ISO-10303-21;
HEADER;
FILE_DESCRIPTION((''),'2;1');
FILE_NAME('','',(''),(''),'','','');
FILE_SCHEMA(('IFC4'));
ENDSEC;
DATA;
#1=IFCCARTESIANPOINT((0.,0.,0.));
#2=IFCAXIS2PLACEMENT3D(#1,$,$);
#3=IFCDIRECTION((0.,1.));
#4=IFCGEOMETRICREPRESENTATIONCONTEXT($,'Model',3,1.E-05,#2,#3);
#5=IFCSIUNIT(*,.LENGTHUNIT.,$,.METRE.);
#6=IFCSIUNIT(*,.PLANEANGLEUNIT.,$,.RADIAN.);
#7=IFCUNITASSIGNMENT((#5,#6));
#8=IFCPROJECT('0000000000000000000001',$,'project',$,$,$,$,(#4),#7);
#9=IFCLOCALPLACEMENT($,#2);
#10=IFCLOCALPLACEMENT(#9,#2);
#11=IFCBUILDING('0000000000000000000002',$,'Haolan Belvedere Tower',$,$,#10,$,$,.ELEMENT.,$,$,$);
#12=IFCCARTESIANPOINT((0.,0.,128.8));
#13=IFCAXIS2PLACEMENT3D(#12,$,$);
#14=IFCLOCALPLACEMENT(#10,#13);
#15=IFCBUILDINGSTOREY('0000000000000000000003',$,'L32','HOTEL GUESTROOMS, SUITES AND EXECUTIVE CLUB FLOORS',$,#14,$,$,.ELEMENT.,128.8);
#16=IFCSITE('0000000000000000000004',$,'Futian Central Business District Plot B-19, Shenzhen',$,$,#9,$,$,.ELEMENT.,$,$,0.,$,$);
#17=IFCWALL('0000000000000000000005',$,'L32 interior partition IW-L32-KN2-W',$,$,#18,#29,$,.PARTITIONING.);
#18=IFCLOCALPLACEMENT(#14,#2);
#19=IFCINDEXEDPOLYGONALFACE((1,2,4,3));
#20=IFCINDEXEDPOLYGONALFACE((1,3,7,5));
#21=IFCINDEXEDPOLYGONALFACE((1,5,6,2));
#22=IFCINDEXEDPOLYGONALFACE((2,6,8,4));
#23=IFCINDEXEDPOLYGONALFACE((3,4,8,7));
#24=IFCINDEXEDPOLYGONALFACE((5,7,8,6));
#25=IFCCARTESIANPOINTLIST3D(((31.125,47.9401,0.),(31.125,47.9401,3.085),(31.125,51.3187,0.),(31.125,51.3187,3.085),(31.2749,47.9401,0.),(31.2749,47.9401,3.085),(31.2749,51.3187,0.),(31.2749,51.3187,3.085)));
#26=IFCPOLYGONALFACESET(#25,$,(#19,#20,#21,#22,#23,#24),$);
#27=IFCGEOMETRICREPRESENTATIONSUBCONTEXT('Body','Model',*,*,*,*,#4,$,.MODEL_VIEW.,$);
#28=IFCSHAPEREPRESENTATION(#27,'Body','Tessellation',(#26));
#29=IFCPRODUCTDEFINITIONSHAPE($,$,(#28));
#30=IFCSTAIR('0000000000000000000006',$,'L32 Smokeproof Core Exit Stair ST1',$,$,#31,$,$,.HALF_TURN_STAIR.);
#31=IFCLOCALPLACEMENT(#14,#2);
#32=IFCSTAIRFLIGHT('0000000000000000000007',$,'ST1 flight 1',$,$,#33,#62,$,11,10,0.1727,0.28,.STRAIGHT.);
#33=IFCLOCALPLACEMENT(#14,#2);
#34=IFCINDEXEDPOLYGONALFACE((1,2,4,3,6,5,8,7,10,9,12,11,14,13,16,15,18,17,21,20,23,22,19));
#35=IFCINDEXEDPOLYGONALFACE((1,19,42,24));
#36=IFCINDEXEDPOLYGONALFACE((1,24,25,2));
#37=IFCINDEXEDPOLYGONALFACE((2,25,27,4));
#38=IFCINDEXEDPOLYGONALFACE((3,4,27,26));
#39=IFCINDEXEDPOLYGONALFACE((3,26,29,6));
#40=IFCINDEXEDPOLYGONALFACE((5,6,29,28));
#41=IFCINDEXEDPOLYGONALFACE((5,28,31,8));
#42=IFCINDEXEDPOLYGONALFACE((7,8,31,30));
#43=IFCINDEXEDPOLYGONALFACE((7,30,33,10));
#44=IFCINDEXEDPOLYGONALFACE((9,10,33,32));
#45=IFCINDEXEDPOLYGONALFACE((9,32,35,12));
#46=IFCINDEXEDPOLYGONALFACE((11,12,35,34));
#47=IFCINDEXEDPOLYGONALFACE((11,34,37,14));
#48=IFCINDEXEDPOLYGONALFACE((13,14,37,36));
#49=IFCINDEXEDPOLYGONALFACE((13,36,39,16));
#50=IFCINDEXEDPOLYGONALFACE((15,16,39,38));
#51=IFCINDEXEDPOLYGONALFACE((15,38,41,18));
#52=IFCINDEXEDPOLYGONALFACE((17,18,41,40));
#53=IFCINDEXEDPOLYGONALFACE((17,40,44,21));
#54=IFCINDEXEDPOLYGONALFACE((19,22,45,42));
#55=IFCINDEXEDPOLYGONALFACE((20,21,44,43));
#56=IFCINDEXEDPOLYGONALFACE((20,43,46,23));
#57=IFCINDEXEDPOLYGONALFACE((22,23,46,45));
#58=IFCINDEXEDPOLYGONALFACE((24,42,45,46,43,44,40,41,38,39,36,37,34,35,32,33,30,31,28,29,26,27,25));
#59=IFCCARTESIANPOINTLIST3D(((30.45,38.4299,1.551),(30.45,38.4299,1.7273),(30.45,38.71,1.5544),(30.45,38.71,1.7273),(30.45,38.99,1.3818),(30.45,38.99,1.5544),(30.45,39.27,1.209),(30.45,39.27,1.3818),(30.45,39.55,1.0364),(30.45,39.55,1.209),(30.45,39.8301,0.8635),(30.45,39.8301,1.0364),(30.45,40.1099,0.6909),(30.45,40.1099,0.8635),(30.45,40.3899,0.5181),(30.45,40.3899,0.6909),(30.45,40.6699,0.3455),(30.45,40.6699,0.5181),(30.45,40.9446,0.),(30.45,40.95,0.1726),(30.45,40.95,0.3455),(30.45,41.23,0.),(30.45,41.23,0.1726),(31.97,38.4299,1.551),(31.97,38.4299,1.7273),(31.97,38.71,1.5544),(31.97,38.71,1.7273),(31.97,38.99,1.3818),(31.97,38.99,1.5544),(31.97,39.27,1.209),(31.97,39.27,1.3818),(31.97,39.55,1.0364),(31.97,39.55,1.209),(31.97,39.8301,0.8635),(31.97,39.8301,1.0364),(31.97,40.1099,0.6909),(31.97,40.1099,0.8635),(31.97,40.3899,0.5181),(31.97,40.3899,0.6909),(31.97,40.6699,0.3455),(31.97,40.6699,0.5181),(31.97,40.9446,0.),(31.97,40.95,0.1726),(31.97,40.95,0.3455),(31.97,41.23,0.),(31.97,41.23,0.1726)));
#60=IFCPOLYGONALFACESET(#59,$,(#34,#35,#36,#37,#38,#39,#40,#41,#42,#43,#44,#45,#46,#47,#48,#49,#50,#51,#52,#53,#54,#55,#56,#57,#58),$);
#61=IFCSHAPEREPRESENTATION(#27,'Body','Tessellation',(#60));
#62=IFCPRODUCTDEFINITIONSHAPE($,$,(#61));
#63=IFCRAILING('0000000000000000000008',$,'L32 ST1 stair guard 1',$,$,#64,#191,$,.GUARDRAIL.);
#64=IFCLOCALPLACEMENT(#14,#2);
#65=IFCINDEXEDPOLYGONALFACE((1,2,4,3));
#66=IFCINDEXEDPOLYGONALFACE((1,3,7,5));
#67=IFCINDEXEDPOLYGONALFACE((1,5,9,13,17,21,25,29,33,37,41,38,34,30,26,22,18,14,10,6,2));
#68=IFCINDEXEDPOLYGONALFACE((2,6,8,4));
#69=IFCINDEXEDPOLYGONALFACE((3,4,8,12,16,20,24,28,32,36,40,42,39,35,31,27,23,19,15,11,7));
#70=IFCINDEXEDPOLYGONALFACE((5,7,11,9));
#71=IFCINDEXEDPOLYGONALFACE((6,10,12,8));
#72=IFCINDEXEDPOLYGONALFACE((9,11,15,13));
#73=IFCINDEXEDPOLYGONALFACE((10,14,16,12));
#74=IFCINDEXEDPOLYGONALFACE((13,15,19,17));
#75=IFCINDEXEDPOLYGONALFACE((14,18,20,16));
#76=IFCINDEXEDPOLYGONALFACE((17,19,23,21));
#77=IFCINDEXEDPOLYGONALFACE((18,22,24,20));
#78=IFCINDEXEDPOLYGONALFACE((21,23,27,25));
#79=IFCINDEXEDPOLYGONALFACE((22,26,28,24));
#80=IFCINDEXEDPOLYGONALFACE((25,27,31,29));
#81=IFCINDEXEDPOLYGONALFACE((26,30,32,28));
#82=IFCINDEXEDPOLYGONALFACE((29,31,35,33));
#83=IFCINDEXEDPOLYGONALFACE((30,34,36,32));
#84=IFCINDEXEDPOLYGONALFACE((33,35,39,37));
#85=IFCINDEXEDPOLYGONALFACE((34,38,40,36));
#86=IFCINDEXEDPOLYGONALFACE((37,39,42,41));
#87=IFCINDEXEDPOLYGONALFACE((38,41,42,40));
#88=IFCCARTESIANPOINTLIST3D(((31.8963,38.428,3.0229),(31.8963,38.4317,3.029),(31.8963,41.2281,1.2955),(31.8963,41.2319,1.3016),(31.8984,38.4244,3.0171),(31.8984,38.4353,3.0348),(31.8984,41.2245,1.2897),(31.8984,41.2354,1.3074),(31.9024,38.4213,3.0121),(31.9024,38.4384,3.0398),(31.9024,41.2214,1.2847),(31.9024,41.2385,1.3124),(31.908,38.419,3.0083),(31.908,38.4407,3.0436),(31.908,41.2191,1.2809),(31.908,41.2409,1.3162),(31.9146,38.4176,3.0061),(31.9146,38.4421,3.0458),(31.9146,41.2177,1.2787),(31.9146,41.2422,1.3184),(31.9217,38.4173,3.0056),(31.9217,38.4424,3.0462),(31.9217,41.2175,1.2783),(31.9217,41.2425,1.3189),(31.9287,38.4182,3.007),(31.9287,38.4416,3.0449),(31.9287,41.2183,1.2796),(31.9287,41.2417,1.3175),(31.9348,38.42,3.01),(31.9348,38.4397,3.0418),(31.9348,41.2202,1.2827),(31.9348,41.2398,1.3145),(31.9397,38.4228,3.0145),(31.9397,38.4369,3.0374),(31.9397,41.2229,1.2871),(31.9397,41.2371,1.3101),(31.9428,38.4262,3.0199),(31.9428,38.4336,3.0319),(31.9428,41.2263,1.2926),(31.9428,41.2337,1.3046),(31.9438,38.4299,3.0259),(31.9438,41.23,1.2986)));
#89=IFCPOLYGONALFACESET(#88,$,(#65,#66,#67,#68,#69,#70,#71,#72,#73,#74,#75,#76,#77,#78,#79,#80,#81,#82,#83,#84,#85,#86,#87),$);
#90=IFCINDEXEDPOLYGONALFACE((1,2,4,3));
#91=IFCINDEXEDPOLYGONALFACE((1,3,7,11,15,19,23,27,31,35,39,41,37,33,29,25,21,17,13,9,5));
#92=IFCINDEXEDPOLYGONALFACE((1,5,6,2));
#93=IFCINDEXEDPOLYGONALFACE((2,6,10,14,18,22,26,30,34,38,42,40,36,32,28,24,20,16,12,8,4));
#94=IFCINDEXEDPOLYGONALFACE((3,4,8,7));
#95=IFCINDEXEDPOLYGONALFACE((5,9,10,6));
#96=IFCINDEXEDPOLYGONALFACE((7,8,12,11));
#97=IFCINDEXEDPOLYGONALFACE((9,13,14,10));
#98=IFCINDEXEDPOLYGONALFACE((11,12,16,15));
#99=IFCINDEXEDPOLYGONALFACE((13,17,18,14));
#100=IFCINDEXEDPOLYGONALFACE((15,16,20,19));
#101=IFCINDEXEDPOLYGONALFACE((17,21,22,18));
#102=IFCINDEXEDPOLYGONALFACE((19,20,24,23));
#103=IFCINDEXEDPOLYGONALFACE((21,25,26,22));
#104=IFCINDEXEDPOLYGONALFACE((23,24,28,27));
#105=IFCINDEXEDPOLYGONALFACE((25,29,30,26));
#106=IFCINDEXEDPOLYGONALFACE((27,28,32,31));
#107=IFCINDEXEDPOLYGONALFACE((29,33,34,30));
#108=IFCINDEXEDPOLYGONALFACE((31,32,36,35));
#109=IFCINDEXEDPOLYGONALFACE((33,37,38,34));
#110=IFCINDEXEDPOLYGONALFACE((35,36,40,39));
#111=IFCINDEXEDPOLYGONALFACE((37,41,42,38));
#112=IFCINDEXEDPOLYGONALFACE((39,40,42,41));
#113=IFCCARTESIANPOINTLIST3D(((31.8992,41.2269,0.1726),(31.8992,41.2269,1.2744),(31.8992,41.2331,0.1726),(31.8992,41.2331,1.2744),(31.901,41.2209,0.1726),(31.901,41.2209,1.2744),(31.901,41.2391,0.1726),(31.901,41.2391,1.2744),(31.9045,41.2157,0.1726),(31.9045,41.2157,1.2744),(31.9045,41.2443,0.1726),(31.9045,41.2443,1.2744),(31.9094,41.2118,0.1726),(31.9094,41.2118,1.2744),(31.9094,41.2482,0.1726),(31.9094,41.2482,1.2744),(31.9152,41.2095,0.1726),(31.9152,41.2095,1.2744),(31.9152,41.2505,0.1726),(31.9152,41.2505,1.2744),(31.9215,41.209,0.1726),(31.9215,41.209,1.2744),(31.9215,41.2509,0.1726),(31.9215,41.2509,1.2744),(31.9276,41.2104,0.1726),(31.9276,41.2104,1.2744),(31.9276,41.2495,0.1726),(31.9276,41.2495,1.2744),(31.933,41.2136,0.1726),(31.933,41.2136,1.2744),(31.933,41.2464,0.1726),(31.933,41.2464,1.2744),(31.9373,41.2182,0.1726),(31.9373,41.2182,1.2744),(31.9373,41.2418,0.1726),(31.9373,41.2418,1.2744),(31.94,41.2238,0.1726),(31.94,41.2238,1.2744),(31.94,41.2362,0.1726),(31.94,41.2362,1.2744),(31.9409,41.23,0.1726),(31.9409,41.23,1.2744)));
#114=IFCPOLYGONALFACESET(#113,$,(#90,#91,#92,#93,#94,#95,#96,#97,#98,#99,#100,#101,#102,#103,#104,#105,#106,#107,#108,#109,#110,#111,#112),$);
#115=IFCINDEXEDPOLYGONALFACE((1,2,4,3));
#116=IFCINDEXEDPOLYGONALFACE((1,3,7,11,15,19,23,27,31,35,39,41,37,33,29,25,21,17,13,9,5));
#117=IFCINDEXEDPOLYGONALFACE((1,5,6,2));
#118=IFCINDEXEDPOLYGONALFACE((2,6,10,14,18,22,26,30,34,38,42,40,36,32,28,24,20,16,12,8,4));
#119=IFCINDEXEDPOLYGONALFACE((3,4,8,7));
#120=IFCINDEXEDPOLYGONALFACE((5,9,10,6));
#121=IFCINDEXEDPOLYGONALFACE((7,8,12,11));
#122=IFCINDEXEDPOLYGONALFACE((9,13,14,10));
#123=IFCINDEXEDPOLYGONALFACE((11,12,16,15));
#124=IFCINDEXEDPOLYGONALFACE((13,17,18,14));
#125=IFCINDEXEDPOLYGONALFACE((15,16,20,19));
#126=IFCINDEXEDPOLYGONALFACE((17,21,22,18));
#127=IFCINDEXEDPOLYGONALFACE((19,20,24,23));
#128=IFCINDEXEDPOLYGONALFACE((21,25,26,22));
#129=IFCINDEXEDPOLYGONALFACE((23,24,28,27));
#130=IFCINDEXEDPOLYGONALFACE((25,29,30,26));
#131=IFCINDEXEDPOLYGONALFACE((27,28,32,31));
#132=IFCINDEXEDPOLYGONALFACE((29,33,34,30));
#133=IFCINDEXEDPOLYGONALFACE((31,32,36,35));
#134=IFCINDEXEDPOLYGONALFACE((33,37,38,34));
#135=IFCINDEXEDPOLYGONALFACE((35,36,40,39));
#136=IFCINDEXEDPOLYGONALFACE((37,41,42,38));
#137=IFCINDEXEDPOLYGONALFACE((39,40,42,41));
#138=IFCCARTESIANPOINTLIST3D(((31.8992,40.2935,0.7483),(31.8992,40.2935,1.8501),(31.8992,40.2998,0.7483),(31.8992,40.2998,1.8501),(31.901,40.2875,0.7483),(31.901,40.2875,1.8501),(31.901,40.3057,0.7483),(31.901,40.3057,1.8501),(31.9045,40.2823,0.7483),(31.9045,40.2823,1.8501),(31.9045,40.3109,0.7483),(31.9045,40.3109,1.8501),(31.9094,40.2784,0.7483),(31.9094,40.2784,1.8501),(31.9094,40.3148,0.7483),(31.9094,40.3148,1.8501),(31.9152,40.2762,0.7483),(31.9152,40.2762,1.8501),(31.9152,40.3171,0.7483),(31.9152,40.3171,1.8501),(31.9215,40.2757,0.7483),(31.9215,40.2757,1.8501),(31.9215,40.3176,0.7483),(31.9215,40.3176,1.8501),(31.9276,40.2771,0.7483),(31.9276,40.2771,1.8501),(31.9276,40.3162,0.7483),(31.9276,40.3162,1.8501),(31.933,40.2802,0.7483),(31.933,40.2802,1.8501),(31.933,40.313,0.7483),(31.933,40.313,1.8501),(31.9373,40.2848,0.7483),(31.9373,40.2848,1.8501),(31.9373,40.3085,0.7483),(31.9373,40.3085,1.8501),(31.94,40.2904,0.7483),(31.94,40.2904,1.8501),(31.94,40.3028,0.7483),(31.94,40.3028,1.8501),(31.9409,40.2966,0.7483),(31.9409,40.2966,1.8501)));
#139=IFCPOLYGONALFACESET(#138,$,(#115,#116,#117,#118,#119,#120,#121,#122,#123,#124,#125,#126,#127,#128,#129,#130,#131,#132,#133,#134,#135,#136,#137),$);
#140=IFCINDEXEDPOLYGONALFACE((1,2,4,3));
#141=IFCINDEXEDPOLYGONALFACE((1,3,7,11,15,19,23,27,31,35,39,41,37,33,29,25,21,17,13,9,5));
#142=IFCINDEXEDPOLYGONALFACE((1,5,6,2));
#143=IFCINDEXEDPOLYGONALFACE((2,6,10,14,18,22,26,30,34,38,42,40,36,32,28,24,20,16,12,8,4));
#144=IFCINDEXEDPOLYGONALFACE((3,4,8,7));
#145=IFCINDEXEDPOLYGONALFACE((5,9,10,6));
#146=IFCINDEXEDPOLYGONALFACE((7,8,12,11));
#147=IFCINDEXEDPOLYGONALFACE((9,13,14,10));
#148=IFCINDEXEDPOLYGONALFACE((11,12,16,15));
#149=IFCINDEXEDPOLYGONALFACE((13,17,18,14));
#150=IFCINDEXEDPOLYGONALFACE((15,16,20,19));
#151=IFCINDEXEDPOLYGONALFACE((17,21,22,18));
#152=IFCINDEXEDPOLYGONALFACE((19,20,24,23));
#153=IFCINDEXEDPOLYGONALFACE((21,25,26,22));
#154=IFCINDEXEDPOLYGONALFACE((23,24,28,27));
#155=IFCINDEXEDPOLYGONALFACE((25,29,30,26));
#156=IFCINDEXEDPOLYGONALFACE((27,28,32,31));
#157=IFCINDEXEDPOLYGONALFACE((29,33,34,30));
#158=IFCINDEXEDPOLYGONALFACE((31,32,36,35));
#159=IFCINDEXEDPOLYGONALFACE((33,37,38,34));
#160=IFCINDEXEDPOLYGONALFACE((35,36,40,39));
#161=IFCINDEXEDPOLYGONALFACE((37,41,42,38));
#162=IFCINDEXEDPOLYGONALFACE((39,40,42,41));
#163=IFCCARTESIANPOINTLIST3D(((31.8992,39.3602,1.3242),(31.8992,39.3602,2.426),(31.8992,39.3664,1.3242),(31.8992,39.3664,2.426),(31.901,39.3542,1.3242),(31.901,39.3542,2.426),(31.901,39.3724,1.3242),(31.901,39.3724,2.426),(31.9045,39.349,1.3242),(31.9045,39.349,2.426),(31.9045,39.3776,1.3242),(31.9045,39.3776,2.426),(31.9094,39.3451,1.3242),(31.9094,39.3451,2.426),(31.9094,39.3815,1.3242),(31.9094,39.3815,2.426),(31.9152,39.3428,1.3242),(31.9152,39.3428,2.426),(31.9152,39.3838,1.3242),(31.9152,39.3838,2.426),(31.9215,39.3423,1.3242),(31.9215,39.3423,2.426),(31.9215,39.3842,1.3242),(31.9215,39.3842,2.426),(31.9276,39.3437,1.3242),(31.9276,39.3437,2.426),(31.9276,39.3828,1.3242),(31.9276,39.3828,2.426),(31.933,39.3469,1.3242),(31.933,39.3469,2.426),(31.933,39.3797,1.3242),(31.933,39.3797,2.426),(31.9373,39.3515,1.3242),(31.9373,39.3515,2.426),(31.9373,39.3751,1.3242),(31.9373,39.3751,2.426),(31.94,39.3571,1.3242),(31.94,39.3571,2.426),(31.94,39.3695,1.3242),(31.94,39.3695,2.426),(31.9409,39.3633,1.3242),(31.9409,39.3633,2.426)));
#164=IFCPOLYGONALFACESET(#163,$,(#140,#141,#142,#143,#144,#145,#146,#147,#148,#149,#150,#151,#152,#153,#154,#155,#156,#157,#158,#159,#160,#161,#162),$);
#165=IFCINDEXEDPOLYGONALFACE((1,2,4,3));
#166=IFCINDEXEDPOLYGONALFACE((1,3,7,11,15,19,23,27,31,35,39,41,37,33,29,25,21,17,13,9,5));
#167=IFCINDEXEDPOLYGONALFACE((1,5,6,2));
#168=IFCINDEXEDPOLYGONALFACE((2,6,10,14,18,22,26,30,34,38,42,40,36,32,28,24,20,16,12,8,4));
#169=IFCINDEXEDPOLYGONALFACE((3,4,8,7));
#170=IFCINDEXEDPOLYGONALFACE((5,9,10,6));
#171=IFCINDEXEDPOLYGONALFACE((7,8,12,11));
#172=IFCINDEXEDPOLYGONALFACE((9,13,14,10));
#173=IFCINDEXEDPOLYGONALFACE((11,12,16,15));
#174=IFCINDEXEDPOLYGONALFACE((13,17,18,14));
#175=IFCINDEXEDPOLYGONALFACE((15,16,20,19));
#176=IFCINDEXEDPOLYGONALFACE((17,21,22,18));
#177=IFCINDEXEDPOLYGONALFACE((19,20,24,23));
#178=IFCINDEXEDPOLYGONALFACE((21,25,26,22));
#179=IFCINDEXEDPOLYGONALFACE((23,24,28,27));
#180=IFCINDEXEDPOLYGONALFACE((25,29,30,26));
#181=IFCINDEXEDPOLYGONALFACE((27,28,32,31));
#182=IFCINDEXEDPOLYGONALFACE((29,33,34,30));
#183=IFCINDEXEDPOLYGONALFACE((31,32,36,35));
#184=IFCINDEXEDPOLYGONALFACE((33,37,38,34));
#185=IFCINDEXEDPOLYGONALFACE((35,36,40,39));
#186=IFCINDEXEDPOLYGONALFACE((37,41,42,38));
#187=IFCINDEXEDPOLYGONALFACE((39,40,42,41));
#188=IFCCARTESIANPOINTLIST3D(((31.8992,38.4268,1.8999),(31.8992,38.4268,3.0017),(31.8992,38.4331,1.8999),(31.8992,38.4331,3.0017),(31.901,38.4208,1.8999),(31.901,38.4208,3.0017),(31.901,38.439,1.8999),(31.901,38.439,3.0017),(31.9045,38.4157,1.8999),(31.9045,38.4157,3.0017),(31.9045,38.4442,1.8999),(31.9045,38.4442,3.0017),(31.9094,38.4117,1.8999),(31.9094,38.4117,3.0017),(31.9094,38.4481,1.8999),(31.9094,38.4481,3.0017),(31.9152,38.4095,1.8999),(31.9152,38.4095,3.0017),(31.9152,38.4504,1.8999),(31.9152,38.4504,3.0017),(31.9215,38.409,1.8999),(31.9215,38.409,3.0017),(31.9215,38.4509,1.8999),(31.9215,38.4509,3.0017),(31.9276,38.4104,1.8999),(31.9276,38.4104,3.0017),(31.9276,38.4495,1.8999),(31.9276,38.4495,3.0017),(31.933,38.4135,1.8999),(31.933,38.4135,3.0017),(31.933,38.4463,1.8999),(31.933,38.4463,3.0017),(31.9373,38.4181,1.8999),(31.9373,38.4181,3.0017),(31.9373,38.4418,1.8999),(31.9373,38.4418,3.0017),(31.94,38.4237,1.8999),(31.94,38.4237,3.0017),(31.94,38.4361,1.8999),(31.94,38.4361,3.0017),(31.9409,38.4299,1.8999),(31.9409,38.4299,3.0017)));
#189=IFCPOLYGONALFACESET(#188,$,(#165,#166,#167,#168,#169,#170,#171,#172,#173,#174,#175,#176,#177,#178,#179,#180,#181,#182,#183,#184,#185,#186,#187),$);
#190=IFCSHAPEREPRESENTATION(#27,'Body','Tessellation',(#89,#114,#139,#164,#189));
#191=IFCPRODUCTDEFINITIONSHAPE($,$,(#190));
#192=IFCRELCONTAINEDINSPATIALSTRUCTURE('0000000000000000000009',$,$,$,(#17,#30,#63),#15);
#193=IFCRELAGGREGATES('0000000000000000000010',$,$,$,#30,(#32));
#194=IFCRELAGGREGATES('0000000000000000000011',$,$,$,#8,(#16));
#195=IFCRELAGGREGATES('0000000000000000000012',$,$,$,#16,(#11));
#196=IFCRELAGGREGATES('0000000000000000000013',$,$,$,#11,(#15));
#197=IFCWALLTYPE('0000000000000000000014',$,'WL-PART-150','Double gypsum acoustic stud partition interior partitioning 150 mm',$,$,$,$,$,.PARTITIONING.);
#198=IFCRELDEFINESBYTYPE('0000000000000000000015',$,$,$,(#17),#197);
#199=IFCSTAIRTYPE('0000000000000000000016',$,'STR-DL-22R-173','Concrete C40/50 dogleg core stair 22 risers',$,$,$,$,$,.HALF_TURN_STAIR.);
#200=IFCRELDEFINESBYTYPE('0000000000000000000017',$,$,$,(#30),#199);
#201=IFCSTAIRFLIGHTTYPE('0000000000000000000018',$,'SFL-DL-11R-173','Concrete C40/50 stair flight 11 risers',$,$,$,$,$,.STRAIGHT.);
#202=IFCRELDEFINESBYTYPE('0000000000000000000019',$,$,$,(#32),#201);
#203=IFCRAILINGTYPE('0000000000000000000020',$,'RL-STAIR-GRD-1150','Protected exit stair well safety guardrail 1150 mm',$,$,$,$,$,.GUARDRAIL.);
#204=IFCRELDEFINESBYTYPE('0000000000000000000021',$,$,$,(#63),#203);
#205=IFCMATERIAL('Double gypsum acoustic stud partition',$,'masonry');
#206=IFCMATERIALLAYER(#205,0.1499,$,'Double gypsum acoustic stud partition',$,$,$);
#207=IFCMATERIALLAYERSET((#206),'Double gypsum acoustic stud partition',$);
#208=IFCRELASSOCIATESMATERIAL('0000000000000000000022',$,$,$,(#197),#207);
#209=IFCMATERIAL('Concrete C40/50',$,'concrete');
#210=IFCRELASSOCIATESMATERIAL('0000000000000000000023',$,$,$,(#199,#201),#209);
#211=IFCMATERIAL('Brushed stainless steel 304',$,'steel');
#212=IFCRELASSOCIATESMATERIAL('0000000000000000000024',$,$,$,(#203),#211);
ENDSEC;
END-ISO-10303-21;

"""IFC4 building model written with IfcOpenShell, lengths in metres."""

from ifc_helpers import new_model, si_unit, direction, frame, frame_2d, origin, origin_2d, place, context, subcontext, project, spatial, polyline, rectangle, circle, outline, extrude, material, layer, layer_set, type_object, element, aggregate, save


model = new_model("IFC4")

# Units and contexts
model_context = context("Model", 3, precision=1e-05, world=origin(), true_north=direction((0.0, 1.0)))
body_context = subcontext(model_context, "Body", "Model", "MODEL_VIEW")
ifc_project = project(units=[si_unit("LENGTHUNIT", "METRE"), si_unit("PLANEANGLEUNIT", "RADIAN")], contexts=[model_context])

# Site, building, storey
site_placement = place(None, origin())
site = spatial("IfcSite", under=ifc_project, at=site_placement, Name="Futian Central Business District Plot B-19, Shenzhen", CompositionType="ELEMENT", RefElevation=0.0)
building_placement = place(site_placement, origin())
building = spatial("IfcBuilding", under=site, at=building_placement, Name="Haolan Belvedere Tower", CompositionType="ELEMENT")
storey_placement = place(building_placement, frame((0.0, 0.0, 128.8)))
storey = spatial("IfcBuildingStorey", under=building, at=storey_placement, Name="L32", Description="HOTEL GUESTROOMS, SUITES AND EXECUTIVE CLUB FLOORS", CompositionType="ELEMENT", Elevation=128.8)

# Shared definitions
ifc_material_1 = material(Name="Concrete C40/50", Category="concrete")

# Shared definitions
ifc_material_2 = material(Name="Double gypsum acoustic stud partition", Category="masonry")
ifc_layer_1 = layer(ifc_material_2, 0.1499, Name="Double gypsum acoustic stud partition")
ifc_layer_set_1 = layer_set([ifc_layer_1], Name="Double gypsum acoustic stud partition")
wall_type_1 = type_object("IfcWallType", Name="WL-PART-150", Description="Double gypsum acoustic stud partition interior partitioning 150 mm", PredefinedType="PARTITIONING", material=ifc_layer_set_1)

# Wall
wall_1_placement = place(storey_placement, frame((31.2, 47.9399, 0.0), z_axis=(0.0, 0.0, 1.0), x_axis=(0.0, 1.0, 0.0)))
element("IfcWall", 1, at=wall_1_placement, inside=storey, type_object=wall_type_1, Name="L32 interior partition IW-L32-KN2-W", PredefinedType="PARTITIONING", context=body_context, shape_type="SweptSolid", body=[
    extrude(rectangle(XDim=3.3787, YDim=0.1499, at=frame_2d((1.6895, 0.0))), origin(), (0.0, 0.0, 1.0), 3.085),
])

# Stair, stair flight
stair_type = type_object("IfcStairType", Name="STR-DL-22R-173", Description="Concrete C40/50 dogleg core stair 22 risers", PredefinedType="HALF_TURN_STAIR", material=ifc_material_1)
stair_placement = place(storey_placement, origin())
stair = element("IfcStair", 2, at=stair_placement, inside=storey, type_object=stair_type, Name="L32 Smokeproof Core Exit Stair ST1", PredefinedType="HALF_TURN_STAIR")
stair_flight_type = type_object("IfcStairFlightType", Name="SFL-DL-11R-173", Description="Concrete C40/50 stair flight 11 risers", PredefinedType="STRAIGHT", material=ifc_material_1)
stair_flight_placement = place(storey_placement, frame((31.21, 41.23, 0.0), z_axis=(0.0, 0.0, 1.0), x_axis=(0.0, -1.0, 0.0)))
stair_flight = element("IfcStairFlight", 3, at=stair_flight_placement, type_object=stair_flight_type, Name="ST1 flight 1", NumberOfRisers=11, NumberOfTreads=10, PredefinedType="STRAIGHT", RiserHeight=0.1727, TreadLength=0.28, context=body_context, shape_type="SweptSolid", body=[
    extrude(outline(polyline([(0.0, 0.0), (0.0, 0.1726), (0.28, 0.1726), (0.28, 0.3455), (0.5601, 0.3455), (0.5601, 0.5181), (0.8401, 0.5181), (0.8401, 0.6909), (1.1201, 0.6909), (1.1201, 0.8635), (1.3999, 0.8635), (1.3999, 1.0364), (1.6799, 1.0364), (1.6799, 1.209), (1.96, 1.209), (1.96, 1.3818), (2.24, 1.3818), (2.24, 1.5544), (2.52, 1.5544), (2.52, 1.7273), (2.8, 1.7273), (2.8, 1.8999), (2.8, 1.551), (0.2854, 0.0), (0.0, 0.0)])), frame((0.0, 0.76, 0.0), z_axis=(0.0, -1.0, 0.0), x_axis=(1.0, 0.0, 0.0)), (0.0, 0.0, 1.0), 1.52),
])
aggregate(stair, [stair_flight])

# Railing
ifc_material_3 = material(Name="Brushed stainless steel 304", Category="steel")
railing_type_1 = type_object("IfcRailingType", Name="RL-STAIR-GRD-1150", Description="Protected exit stair well safety guardrail 1150 mm", PredefinedType="GUARDRAIL", material=ifc_material_3)
railing_1_placement = place(storey_placement, frame((31.9199, 41.23, 0.1726)))
element("IfcRailing", 4, at=railing_1_placement, inside=storey, type_object=railing_type_1, Name="L32 ST1 stair guard 1", PredefinedType="GUARDRAIL", context=body_context, shape_type="SweptSolid", body=[
    extrude(circle(Radius=0.0239, at=origin_2d()), frame((0.0, 0.0, 1.126), z_axis=(0.0, -0.85109, 0.52502), x_axis=(1.0, 0.0, 0.0)), (0.0, 0.0, 1.0), 3.29),
    extrude(circle(Radius=0.021, at=origin_2d()), origin(), (0.0, 0.0, 1.0), 1.1018),
    extrude(circle(Radius=0.021, at=origin_2d()), frame((0.0, -0.9333, 0.5757)), (0.0, 0.0, 1.0), 1.1018),
    extrude(circle(Radius=0.021, at=origin_2d()), frame((0.0, -1.8667, 1.1516)), (0.0, 0.0, 1.0), 1.1018),
    extrude(circle(Radius=0.021, at=origin_2d()), frame((0.0, -2.8, 1.7273)), (0.0, 0.0, 1.0), 1.1018),
])

save(model, "model.ifc")
